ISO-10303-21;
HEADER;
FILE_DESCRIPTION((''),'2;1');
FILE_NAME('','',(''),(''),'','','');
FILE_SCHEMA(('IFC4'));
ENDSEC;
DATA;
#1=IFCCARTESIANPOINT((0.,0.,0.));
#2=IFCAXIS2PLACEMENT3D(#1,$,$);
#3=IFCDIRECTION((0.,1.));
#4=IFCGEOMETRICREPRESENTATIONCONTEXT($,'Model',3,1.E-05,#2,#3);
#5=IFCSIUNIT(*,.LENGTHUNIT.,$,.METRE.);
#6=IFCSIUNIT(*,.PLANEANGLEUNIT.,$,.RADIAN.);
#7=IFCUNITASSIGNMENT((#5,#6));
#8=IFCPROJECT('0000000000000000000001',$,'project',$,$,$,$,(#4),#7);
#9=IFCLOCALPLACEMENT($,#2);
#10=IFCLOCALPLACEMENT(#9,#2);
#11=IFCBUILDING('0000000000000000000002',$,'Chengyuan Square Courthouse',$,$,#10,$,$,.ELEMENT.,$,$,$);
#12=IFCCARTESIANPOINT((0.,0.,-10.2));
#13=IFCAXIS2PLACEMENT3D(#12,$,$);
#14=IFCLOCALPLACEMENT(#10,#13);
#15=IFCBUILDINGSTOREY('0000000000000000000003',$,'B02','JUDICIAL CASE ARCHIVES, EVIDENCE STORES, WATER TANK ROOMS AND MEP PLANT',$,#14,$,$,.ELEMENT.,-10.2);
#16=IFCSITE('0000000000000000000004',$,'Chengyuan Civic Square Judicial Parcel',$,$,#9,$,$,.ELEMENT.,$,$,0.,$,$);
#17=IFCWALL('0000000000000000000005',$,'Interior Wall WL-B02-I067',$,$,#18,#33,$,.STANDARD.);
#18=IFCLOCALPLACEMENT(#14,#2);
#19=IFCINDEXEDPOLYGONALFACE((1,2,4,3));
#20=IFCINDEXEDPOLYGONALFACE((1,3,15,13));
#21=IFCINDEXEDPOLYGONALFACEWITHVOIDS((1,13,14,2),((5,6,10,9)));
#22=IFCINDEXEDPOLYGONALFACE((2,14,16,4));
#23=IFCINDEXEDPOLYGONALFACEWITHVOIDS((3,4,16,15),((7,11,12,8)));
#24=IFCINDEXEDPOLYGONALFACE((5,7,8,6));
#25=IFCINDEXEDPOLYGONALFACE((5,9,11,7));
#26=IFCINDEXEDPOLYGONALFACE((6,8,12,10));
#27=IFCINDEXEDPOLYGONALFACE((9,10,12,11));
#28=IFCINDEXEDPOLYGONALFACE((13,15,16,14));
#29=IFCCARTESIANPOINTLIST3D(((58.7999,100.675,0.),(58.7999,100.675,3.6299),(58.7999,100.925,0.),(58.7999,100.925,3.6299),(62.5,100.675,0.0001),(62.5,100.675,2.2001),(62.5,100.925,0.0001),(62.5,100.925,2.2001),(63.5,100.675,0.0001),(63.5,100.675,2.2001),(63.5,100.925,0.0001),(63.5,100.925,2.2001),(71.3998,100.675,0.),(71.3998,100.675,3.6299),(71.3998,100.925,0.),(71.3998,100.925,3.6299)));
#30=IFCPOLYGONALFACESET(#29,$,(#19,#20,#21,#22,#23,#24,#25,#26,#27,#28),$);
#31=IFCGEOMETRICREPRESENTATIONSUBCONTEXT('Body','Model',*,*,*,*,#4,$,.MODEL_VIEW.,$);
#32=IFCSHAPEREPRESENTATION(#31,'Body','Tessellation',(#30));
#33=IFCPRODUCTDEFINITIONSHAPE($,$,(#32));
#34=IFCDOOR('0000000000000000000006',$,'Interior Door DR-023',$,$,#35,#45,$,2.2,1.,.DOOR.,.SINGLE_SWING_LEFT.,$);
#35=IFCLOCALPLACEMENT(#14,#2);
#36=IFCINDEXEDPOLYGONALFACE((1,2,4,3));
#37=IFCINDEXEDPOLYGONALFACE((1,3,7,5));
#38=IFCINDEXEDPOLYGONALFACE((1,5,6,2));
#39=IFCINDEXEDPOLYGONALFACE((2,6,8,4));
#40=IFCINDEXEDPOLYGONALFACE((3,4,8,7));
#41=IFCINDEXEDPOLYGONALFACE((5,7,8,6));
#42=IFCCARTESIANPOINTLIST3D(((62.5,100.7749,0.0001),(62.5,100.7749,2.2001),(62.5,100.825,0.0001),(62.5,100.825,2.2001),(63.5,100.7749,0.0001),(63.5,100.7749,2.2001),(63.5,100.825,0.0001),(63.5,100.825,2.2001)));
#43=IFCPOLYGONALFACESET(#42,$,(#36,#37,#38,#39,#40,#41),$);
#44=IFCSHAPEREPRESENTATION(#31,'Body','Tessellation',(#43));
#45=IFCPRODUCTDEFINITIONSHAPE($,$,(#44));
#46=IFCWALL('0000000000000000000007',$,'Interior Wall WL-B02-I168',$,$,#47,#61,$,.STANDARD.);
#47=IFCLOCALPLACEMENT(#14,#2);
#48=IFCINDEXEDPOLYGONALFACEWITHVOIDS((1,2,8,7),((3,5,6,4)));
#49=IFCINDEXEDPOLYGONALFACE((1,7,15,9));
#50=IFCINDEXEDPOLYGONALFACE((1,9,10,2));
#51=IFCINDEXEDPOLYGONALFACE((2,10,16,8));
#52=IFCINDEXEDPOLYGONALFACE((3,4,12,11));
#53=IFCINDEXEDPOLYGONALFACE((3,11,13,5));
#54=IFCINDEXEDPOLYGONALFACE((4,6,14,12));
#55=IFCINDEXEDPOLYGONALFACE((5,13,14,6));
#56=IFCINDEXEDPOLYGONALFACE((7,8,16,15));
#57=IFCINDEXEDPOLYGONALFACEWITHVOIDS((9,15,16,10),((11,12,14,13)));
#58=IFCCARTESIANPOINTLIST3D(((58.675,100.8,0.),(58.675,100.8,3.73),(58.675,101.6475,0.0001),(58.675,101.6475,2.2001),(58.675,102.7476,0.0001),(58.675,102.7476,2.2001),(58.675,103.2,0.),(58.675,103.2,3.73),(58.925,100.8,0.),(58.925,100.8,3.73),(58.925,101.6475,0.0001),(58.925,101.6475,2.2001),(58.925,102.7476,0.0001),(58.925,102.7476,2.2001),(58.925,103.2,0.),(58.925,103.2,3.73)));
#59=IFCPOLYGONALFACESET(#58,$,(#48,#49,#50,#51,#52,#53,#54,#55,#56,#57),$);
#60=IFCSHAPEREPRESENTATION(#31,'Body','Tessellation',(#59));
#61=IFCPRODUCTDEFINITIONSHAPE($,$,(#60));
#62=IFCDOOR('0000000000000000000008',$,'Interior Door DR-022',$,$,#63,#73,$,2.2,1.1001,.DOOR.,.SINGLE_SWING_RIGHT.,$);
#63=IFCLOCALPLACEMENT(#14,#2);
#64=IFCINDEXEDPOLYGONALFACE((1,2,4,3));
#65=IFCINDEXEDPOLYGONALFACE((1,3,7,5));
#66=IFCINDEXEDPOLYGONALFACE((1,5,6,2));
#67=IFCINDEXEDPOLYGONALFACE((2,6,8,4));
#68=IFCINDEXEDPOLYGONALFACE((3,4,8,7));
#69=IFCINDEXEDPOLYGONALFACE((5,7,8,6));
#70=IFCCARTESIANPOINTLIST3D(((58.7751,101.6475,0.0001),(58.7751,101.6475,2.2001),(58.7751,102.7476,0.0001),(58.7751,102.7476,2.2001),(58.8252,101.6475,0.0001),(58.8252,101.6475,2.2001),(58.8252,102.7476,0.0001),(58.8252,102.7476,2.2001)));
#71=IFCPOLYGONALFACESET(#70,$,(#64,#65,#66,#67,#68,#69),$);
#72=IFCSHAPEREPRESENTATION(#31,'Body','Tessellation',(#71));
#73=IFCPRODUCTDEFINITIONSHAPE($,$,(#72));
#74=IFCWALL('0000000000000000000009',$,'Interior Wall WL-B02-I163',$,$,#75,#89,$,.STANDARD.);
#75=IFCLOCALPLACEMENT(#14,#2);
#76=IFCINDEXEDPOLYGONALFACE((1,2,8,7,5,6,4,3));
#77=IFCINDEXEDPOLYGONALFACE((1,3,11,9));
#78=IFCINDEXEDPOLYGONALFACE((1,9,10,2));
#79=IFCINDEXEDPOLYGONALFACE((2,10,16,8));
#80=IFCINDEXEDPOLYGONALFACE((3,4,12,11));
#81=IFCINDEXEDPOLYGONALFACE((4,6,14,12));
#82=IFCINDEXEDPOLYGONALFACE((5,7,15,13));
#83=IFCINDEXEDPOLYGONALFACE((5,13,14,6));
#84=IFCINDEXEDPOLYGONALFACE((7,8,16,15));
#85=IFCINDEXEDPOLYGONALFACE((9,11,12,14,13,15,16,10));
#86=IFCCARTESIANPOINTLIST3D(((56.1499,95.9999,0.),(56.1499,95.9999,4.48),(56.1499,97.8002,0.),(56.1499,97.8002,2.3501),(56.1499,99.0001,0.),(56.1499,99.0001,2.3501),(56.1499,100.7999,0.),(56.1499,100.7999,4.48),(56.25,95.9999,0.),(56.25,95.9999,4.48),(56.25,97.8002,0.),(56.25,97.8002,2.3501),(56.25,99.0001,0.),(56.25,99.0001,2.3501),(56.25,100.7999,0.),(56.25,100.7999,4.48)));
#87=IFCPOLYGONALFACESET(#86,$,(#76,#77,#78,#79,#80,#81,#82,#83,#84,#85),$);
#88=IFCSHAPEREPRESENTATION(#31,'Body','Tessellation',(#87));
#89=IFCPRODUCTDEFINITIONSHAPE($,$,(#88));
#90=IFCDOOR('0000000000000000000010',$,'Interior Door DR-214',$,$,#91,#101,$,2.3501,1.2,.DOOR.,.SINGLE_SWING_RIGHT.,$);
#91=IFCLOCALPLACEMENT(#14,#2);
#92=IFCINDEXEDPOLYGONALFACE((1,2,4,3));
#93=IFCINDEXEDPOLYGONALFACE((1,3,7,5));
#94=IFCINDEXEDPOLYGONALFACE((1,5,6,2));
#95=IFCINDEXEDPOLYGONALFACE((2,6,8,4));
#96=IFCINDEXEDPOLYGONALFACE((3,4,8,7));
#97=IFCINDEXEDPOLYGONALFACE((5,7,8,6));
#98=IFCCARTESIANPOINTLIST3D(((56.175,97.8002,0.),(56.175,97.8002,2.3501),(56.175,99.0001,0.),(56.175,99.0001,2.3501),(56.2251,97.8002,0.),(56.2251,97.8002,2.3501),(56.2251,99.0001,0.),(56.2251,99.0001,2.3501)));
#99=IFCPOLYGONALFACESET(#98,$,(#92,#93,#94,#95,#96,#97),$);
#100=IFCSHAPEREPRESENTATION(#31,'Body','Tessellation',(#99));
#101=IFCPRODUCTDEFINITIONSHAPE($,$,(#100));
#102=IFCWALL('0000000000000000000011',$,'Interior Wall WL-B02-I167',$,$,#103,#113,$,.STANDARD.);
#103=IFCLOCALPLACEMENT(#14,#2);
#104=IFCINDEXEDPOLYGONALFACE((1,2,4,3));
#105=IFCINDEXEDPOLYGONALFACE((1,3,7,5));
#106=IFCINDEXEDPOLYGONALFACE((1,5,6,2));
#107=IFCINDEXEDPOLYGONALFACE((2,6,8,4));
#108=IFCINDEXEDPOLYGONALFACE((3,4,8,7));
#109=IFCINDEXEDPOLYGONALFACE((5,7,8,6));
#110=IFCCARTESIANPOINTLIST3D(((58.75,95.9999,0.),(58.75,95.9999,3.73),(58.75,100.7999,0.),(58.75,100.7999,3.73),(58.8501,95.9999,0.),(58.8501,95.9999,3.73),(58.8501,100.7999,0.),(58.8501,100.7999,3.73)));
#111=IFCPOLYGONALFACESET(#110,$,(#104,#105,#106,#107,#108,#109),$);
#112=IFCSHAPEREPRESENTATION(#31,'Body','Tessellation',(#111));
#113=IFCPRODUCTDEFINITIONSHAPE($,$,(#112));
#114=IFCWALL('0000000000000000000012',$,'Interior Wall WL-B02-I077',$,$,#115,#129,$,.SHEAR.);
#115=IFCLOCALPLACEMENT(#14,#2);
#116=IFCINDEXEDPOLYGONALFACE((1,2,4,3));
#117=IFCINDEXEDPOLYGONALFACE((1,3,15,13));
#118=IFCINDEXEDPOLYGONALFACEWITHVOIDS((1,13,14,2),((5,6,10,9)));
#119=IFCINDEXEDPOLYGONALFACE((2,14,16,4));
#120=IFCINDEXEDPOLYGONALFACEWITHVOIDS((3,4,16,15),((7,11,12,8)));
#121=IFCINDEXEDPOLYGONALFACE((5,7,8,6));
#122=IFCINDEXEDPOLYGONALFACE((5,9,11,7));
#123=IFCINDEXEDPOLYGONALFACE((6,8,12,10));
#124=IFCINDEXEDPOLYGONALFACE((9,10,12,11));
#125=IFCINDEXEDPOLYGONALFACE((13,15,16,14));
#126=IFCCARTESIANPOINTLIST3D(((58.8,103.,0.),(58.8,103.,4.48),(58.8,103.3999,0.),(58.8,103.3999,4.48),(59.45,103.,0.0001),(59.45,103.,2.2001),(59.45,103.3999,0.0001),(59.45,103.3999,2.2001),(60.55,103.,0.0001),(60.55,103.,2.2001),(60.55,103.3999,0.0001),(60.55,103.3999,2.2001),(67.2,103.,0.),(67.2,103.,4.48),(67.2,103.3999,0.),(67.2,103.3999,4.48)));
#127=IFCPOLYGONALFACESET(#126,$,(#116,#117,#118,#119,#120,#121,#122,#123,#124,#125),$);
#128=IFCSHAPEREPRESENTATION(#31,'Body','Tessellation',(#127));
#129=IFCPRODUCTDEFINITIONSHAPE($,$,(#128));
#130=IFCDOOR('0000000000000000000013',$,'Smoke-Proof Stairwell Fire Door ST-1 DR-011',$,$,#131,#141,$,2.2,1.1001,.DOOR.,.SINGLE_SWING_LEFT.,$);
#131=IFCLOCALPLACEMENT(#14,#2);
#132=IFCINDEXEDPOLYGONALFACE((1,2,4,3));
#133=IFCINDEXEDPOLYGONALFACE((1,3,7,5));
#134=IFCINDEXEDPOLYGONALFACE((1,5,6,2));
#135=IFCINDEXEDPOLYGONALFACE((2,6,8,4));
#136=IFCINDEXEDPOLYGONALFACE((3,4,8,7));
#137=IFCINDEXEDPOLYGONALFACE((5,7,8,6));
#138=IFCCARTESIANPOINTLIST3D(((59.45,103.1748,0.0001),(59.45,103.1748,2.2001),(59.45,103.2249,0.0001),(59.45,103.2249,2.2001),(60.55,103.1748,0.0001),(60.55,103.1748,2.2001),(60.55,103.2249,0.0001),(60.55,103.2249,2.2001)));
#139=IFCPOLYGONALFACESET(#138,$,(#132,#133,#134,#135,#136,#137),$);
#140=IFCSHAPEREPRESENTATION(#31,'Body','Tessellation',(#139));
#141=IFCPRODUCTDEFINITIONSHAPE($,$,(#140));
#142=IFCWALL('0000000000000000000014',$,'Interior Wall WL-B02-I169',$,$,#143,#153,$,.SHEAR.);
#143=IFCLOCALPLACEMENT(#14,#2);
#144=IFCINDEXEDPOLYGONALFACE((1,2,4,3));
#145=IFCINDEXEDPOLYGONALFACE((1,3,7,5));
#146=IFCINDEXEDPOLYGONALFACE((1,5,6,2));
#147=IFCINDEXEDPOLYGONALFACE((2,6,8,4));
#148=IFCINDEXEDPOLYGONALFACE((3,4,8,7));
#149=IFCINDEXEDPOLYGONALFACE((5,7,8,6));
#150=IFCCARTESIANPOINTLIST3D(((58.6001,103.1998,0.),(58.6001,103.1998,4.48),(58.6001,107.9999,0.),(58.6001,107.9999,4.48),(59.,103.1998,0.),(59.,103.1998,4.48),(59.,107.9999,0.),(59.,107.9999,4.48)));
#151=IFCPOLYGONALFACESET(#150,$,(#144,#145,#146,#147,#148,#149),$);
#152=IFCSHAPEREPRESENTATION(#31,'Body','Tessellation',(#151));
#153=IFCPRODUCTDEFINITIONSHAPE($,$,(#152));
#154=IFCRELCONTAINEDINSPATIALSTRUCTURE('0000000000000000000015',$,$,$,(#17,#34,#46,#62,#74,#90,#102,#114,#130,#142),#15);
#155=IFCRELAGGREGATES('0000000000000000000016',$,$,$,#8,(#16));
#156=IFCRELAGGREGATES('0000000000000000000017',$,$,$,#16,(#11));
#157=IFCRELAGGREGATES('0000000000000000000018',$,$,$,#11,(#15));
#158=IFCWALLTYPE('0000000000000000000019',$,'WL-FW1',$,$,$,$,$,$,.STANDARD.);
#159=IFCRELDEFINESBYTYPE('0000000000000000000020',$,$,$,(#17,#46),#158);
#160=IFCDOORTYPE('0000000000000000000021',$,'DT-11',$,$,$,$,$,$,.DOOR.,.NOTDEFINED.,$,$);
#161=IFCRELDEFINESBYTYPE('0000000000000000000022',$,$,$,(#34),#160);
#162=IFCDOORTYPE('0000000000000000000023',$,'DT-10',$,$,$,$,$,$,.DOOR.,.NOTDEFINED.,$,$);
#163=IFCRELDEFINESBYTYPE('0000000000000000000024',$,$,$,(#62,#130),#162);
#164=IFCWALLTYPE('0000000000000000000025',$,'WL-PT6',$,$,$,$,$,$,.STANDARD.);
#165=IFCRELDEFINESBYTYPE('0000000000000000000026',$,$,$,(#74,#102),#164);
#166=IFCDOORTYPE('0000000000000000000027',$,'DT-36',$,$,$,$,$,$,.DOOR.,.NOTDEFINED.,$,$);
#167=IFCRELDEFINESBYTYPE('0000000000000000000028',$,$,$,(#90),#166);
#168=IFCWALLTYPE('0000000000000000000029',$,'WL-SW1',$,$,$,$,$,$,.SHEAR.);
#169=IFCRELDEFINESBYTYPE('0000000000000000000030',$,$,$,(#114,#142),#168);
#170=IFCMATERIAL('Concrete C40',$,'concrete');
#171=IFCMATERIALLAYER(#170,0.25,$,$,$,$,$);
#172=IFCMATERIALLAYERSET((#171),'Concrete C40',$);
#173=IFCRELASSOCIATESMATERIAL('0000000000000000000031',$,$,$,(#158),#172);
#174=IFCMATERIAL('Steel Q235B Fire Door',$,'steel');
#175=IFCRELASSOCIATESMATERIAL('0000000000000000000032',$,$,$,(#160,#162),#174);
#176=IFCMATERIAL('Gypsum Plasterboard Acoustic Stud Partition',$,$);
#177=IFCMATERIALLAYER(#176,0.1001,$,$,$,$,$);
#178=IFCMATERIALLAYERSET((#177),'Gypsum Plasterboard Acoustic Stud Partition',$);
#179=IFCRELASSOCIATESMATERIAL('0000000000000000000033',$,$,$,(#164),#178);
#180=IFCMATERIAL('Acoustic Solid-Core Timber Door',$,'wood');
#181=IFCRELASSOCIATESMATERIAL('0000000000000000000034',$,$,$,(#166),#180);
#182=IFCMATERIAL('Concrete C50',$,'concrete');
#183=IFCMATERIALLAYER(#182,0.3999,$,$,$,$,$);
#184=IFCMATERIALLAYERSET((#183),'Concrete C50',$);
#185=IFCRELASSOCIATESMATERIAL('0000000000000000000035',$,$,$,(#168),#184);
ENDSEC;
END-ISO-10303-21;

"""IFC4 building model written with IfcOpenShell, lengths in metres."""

from ifc_helpers import new_model, si_unit, direction, frame, frame_2d, origin, place, context, subcontext, project, spatial, rectangle, extrude, material, layer, layer_set, type_object, element, fill, save


model = new_model("IFC4")

# Units and contexts
model_context = context("Model", 3, precision=1e-05, world=origin(), true_north=direction((0.0, 1.0)))
body_context = subcontext(model_context, "Body", "Model", "MODEL_VIEW")
ifc_project = project(units=[si_unit("LENGTHUNIT", "METRE"), si_unit("PLANEANGLEUNIT", "RADIAN")], contexts=[model_context])

# Site, building, storey
site_placement = place(None, origin())
site = spatial("IfcSite", under=ifc_project, at=site_placement, Name="Chengyuan Civic Square Judicial Parcel", CompositionType="ELEMENT", RefElevation=0.0)
building_placement = place(site_placement, origin())
building = spatial("IfcBuilding", under=site, at=building_placement, Name="Chengyuan Square Courthouse", CompositionType="ELEMENT")
storey_placement = place(building_placement, frame((0.0, 0.0, -10.2)))
storey = spatial("IfcBuildingStorey", under=building, at=storey_placement, Name="B02", Description="JUDICIAL CASE ARCHIVES, EVIDENCE STORES, WATER TANK ROOMS AND MEP PLANT", CompositionType="ELEMENT", Elevation=-10.2)

# Shared definitions
ifc_material_1 = material(Name="Concrete C40", Category="concrete")

# Shared definitions
ifc_material_2 = material(Name="Concrete C50", Category="concrete")

# Walls, openings, doors
ifc_layer_1 = layer(ifc_material_1, 0.25)
ifc_layer_set_1 = layer_set([ifc_layer_1], Name="Concrete C40")
wall_type_1 = type_object("IfcWallType", Name="WL-FW1", PredefinedType="STANDARD", material=ifc_layer_set_1)
wall_1_placement = place(storey_placement, frame((58.8, 100.8, 0.0), z_axis=(0.0, 0.0, 1.0), x_axis=(1.0, 0.0, 0.0)))
wall_1 = element("IfcWall", 1, at=wall_1_placement, inside=storey, type_object=wall_type_1, Name="Interior Wall WL-B02-I067", PredefinedType="STANDARD", context=body_context, shape_type="SweptSolid", body=[
    extrude(rectangle(XDim=12.5999, YDim=0.25, at=frame_2d((6.2998, 0.0))), origin(), (0.0, 0.0, 1.0), 3.6299),
])
opening_1_placement = place(wall_1_placement, frame((3.7, 0.0, 0.0)))
opening_1 = element("IfcOpeningElement", 2, at=opening_1_placement, cuts=wall_1, PredefinedType="OPENING", context=body_context, shape_type="SweptSolid", body=[
    extrude(rectangle(XDim=1.0, YDim=2.2, at=frame_2d((0.5, 1.1001))), frame((0.0, 0.137, 0.0), z_axis=(0.0, -1.0, 0.0), x_axis=(1.0, 0.0, 0.0)), (0.0, 0.0, 1.0), 0.2739),
])
ifc_material_3 = material(Name="Steel Q235B Fire Door", Category="steel")
door_type_1 = type_object("IfcDoorType", Name="DT-11", OperationType="NOTDEFINED", PredefinedType="DOOR", material=ifc_material_3)
door_1_placement = place(opening_1_placement, origin())
door_1 = element("IfcDoor", 3, at=door_1_placement, inside=storey, type_object=door_type_1, Name="Interior Door DR-023", OperationType="SINGLE_SWING_LEFT", OverallHeight=2.2, OverallWidth=1.0, PredefinedType="DOOR", context=body_context, shape_type="SweptSolid", body=[
    extrude(rectangle(XDim=1.0, YDim=2.2, at=frame_2d((0.5, 1.1001))), frame((0.0, 0.0249, 0.0), z_axis=(0.0, -1.0, 0.0), x_axis=(1.0, 0.0, 0.0)), (0.0, 0.0, 1.0), 0.05),
])
fill(opening_1, door_1)
wall_2_placement = place(storey_placement, frame((58.8, 100.8, 0.0), z_axis=(0.0, 0.0, 1.0), x_axis=(0.0, 1.0, 0.0)))
wall_2 = element("IfcWall", 4, at=wall_2_placement, inside=storey, type_object=wall_type_1, Name="Interior Wall WL-B02-I168", PredefinedType="STANDARD", context=body_context, shape_type="SweptSolid", body=[
    extrude(rectangle(XDim=2.3999, YDim=0.25, at=frame_2d((1.2, 0.0))), origin(), (0.0, 0.0, 1.0), 3.73),
])
opening_2_placement = place(wall_2_placement, frame((0.8474, 0.0, 0.0)))
opening_2 = element("IfcOpeningElement", 5, at=opening_2_placement, cuts=wall_2, PredefinedType="OPENING", context=body_context, shape_type="SweptSolid", body=[
    extrude(rectangle(XDim=1.1001, YDim=2.2, at=frame_2d((0.55, 1.1001))), frame((0.0, 0.137, 0.0), z_axis=(0.0, -1.0, 0.0), x_axis=(1.0, 0.0, 0.0)), (0.0, 0.0, 1.0), 0.2739),
])
door_type_2 = type_object("IfcDoorType", Name="DT-10", OperationType="NOTDEFINED", PredefinedType="DOOR", material=ifc_material_3)
door_2_placement = place(opening_2_placement, origin())
door_2 = element("IfcDoor", 6, at=door_2_placement, inside=storey, type_object=door_type_2, Name="Interior Door DR-022", OperationType="SINGLE_SWING_RIGHT", OverallHeight=2.2, OverallWidth=1.1001, PredefinedType="DOOR", context=body_context, shape_type="SweptSolid", body=[
    extrude(rectangle(XDim=1.1001, YDim=2.2, at=frame_2d((0.55, 1.1001))), frame((0.0, 0.0249, 0.0), z_axis=(0.0, -1.0, 0.0), x_axis=(1.0, 0.0, 0.0)), (0.0, 0.0, 1.0), 0.05),
])
fill(opening_2, door_2)
ifc_material_4 = material(Name="Gypsum Plasterboard Acoustic Stud Partition")
ifc_layer_2 = layer(ifc_material_4, 0.1001)
ifc_layer_set_2 = layer_set([ifc_layer_2], Name="Gypsum Plasterboard Acoustic Stud Partition")
wall_type_2 = type_object("IfcWallType", Name="WL-PT6", PredefinedType="STANDARD", material=ifc_layer_set_2)
wall_3_placement = place(storey_placement, frame((56.2, 96.0, 0.0), z_axis=(0.0, 0.0, 1.0), x_axis=(0.0, 1.0, 0.0)))
wall_3 = element("IfcWall", 7, at=wall_3_placement, inside=storey, type_object=wall_type_2, Name="Interior Wall WL-B02-I163", PredefinedType="STANDARD", context=body_context, shape_type="SweptSolid", body=[
    extrude(rectangle(XDim=4.8, YDim=0.1001, at=frame_2d((2.3999, 0.0))), origin(), (0.0, 0.0, 1.0), 4.48),
])
opening_3_placement = place(wall_3_placement, frame((1.8, 0.0, 0.0)))
opening_3 = element("IfcOpeningElement", 8, at=opening_3_placement, cuts=wall_3, PredefinedType="OPENING", context=body_context, shape_type="SweptSolid", body=[
    extrude(rectangle(XDim=1.2, YDim=2.3501, at=frame_2d((0.6001, 1.175))), frame((0.0, 0.062, 0.0), z_axis=(0.0, -1.0, 0.0), x_axis=(1.0, 0.0, 0.0)), (0.0, 0.0, 1.0), 0.124),
])
ifc_material_5 = material(Name="Acoustic Solid-Core Timber Door", Category="wood")
door_type_3 = type_object("IfcDoorType", Name="DT-36", OperationType="NOTDEFINED", PredefinedType="DOOR", material=ifc_material_5)
door_3_placement = place(opening_3_placement, origin())
door_3 = element("IfcDoor", 9, at=door_3_placement, inside=storey, type_object=door_type_3, Name="Interior Door DR-214", OperationType="SINGLE_SWING_RIGHT", OverallHeight=2.3501, OverallWidth=1.2, PredefinedType="DOOR", context=body_context, shape_type="SweptSolid", body=[
    extrude(rectangle(XDim=1.2, YDim=2.3501, at=frame_2d((0.6001, 1.175))), frame((0.0, 0.0249, 0.0), z_axis=(0.0, -1.0, 0.0), x_axis=(1.0, 0.0, 0.0)), (0.0, 0.0, 1.0), 0.05),
])
fill(opening_3, door_3)

# Wall
wall_4_placement = place(storey_placement, frame((58.8, 96.0, 0.0), z_axis=(0.0, 0.0, 1.0), x_axis=(0.0, 1.0, 0.0)))
element("IfcWall", 10, at=wall_4_placement, inside=storey, type_object=wall_type_2, Name="Interior Wall WL-B02-I167", PredefinedType="STANDARD", context=body_context, shape_type="SweptSolid", body=[
    extrude(rectangle(XDim=4.8, YDim=0.1001, at=frame_2d((2.3999, 0.0))), origin(), (0.0, 0.0, 1.0), 3.73),
])

# Wall, opening, door
ifc_layer_3 = layer(ifc_material_2, 0.3999)
ifc_layer_set_3 = layer_set([ifc_layer_3], Name="Concrete C50")
wall_type_3 = type_object("IfcWallType", Name="WL-SW1", PredefinedType="SHEAR", material=ifc_layer_set_3)
wall_5_placement = place(storey_placement, frame((58.8, 103.2, 0.0), z_axis=(0.0, 0.0, 1.0), x_axis=(1.0, 0.0, 0.0)))
wall_5 = element("IfcWall", 11, at=wall_5_placement, inside=storey, type_object=wall_type_3, Name="Interior Wall WL-B02-I077", PredefinedType="SHEAR", context=body_context, shape_type="SweptSolid", body=[
    extrude(rectangle(XDim=8.3999, YDim=0.3999, at=frame_2d((4.2, 0.0))), origin(), (0.0, 0.0, 1.0), 4.48),
])
opening_4_placement = place(wall_5_placement, frame((0.6499, 0.0, 0.0)))
opening_4 = element("IfcOpeningElement", 12, at=opening_4_placement, cuts=wall_5, PredefinedType="OPENING", context=body_context, shape_type="SweptSolid", body=[
    extrude(rectangle(XDim=1.1001, YDim=2.2, at=frame_2d((0.55, 1.1001))), frame((0.0, 0.2119, 0.0), z_axis=(0.0, -1.0, 0.0), x_axis=(1.0, 0.0, 0.0)), (0.0, 0.0, 1.0), 0.4238),
])
door_4_placement = place(opening_4_placement, origin())
door_4 = element("IfcDoor", 13, at=door_4_placement, inside=storey, type_object=door_type_2, Name="Smoke-Proof Stairwell Fire Door ST-1 DR-011", OperationType="SINGLE_SWING_LEFT", OverallHeight=2.2, OverallWidth=1.1001, PredefinedType="DOOR", context=body_context, shape_type="SweptSolid", body=[
    extrude(rectangle(XDim=1.1001, YDim=2.2, at=frame_2d((0.55, 1.1001))), frame((0.0, 0.0249, 0.0), z_axis=(0.0, -1.0, 0.0), x_axis=(1.0, 0.0, 0.0)), (0.0, 0.0, 1.0), 0.05),
])
fill(opening_4, door_4)

# Wall
wall_6_placement = place(storey_placement, frame((58.8, 103.2, 0.0), z_axis=(0.0, 0.0, 1.0), x_axis=(0.0, 1.0, 0.0)))
element("IfcWall", 14, at=wall_6_placement, inside=storey, type_object=wall_type_3, Name="Interior Wall WL-B02-I169", PredefinedType="SHEAR", context=body_context, shape_type="SweptSolid", body=[
    extrude(rectangle(XDim=4.8, YDim=0.3999, at=frame_2d((2.3999, 0.0))), origin(), (0.0, 0.0, 1.0), 4.48),
])

save(model, "model.ifc")
